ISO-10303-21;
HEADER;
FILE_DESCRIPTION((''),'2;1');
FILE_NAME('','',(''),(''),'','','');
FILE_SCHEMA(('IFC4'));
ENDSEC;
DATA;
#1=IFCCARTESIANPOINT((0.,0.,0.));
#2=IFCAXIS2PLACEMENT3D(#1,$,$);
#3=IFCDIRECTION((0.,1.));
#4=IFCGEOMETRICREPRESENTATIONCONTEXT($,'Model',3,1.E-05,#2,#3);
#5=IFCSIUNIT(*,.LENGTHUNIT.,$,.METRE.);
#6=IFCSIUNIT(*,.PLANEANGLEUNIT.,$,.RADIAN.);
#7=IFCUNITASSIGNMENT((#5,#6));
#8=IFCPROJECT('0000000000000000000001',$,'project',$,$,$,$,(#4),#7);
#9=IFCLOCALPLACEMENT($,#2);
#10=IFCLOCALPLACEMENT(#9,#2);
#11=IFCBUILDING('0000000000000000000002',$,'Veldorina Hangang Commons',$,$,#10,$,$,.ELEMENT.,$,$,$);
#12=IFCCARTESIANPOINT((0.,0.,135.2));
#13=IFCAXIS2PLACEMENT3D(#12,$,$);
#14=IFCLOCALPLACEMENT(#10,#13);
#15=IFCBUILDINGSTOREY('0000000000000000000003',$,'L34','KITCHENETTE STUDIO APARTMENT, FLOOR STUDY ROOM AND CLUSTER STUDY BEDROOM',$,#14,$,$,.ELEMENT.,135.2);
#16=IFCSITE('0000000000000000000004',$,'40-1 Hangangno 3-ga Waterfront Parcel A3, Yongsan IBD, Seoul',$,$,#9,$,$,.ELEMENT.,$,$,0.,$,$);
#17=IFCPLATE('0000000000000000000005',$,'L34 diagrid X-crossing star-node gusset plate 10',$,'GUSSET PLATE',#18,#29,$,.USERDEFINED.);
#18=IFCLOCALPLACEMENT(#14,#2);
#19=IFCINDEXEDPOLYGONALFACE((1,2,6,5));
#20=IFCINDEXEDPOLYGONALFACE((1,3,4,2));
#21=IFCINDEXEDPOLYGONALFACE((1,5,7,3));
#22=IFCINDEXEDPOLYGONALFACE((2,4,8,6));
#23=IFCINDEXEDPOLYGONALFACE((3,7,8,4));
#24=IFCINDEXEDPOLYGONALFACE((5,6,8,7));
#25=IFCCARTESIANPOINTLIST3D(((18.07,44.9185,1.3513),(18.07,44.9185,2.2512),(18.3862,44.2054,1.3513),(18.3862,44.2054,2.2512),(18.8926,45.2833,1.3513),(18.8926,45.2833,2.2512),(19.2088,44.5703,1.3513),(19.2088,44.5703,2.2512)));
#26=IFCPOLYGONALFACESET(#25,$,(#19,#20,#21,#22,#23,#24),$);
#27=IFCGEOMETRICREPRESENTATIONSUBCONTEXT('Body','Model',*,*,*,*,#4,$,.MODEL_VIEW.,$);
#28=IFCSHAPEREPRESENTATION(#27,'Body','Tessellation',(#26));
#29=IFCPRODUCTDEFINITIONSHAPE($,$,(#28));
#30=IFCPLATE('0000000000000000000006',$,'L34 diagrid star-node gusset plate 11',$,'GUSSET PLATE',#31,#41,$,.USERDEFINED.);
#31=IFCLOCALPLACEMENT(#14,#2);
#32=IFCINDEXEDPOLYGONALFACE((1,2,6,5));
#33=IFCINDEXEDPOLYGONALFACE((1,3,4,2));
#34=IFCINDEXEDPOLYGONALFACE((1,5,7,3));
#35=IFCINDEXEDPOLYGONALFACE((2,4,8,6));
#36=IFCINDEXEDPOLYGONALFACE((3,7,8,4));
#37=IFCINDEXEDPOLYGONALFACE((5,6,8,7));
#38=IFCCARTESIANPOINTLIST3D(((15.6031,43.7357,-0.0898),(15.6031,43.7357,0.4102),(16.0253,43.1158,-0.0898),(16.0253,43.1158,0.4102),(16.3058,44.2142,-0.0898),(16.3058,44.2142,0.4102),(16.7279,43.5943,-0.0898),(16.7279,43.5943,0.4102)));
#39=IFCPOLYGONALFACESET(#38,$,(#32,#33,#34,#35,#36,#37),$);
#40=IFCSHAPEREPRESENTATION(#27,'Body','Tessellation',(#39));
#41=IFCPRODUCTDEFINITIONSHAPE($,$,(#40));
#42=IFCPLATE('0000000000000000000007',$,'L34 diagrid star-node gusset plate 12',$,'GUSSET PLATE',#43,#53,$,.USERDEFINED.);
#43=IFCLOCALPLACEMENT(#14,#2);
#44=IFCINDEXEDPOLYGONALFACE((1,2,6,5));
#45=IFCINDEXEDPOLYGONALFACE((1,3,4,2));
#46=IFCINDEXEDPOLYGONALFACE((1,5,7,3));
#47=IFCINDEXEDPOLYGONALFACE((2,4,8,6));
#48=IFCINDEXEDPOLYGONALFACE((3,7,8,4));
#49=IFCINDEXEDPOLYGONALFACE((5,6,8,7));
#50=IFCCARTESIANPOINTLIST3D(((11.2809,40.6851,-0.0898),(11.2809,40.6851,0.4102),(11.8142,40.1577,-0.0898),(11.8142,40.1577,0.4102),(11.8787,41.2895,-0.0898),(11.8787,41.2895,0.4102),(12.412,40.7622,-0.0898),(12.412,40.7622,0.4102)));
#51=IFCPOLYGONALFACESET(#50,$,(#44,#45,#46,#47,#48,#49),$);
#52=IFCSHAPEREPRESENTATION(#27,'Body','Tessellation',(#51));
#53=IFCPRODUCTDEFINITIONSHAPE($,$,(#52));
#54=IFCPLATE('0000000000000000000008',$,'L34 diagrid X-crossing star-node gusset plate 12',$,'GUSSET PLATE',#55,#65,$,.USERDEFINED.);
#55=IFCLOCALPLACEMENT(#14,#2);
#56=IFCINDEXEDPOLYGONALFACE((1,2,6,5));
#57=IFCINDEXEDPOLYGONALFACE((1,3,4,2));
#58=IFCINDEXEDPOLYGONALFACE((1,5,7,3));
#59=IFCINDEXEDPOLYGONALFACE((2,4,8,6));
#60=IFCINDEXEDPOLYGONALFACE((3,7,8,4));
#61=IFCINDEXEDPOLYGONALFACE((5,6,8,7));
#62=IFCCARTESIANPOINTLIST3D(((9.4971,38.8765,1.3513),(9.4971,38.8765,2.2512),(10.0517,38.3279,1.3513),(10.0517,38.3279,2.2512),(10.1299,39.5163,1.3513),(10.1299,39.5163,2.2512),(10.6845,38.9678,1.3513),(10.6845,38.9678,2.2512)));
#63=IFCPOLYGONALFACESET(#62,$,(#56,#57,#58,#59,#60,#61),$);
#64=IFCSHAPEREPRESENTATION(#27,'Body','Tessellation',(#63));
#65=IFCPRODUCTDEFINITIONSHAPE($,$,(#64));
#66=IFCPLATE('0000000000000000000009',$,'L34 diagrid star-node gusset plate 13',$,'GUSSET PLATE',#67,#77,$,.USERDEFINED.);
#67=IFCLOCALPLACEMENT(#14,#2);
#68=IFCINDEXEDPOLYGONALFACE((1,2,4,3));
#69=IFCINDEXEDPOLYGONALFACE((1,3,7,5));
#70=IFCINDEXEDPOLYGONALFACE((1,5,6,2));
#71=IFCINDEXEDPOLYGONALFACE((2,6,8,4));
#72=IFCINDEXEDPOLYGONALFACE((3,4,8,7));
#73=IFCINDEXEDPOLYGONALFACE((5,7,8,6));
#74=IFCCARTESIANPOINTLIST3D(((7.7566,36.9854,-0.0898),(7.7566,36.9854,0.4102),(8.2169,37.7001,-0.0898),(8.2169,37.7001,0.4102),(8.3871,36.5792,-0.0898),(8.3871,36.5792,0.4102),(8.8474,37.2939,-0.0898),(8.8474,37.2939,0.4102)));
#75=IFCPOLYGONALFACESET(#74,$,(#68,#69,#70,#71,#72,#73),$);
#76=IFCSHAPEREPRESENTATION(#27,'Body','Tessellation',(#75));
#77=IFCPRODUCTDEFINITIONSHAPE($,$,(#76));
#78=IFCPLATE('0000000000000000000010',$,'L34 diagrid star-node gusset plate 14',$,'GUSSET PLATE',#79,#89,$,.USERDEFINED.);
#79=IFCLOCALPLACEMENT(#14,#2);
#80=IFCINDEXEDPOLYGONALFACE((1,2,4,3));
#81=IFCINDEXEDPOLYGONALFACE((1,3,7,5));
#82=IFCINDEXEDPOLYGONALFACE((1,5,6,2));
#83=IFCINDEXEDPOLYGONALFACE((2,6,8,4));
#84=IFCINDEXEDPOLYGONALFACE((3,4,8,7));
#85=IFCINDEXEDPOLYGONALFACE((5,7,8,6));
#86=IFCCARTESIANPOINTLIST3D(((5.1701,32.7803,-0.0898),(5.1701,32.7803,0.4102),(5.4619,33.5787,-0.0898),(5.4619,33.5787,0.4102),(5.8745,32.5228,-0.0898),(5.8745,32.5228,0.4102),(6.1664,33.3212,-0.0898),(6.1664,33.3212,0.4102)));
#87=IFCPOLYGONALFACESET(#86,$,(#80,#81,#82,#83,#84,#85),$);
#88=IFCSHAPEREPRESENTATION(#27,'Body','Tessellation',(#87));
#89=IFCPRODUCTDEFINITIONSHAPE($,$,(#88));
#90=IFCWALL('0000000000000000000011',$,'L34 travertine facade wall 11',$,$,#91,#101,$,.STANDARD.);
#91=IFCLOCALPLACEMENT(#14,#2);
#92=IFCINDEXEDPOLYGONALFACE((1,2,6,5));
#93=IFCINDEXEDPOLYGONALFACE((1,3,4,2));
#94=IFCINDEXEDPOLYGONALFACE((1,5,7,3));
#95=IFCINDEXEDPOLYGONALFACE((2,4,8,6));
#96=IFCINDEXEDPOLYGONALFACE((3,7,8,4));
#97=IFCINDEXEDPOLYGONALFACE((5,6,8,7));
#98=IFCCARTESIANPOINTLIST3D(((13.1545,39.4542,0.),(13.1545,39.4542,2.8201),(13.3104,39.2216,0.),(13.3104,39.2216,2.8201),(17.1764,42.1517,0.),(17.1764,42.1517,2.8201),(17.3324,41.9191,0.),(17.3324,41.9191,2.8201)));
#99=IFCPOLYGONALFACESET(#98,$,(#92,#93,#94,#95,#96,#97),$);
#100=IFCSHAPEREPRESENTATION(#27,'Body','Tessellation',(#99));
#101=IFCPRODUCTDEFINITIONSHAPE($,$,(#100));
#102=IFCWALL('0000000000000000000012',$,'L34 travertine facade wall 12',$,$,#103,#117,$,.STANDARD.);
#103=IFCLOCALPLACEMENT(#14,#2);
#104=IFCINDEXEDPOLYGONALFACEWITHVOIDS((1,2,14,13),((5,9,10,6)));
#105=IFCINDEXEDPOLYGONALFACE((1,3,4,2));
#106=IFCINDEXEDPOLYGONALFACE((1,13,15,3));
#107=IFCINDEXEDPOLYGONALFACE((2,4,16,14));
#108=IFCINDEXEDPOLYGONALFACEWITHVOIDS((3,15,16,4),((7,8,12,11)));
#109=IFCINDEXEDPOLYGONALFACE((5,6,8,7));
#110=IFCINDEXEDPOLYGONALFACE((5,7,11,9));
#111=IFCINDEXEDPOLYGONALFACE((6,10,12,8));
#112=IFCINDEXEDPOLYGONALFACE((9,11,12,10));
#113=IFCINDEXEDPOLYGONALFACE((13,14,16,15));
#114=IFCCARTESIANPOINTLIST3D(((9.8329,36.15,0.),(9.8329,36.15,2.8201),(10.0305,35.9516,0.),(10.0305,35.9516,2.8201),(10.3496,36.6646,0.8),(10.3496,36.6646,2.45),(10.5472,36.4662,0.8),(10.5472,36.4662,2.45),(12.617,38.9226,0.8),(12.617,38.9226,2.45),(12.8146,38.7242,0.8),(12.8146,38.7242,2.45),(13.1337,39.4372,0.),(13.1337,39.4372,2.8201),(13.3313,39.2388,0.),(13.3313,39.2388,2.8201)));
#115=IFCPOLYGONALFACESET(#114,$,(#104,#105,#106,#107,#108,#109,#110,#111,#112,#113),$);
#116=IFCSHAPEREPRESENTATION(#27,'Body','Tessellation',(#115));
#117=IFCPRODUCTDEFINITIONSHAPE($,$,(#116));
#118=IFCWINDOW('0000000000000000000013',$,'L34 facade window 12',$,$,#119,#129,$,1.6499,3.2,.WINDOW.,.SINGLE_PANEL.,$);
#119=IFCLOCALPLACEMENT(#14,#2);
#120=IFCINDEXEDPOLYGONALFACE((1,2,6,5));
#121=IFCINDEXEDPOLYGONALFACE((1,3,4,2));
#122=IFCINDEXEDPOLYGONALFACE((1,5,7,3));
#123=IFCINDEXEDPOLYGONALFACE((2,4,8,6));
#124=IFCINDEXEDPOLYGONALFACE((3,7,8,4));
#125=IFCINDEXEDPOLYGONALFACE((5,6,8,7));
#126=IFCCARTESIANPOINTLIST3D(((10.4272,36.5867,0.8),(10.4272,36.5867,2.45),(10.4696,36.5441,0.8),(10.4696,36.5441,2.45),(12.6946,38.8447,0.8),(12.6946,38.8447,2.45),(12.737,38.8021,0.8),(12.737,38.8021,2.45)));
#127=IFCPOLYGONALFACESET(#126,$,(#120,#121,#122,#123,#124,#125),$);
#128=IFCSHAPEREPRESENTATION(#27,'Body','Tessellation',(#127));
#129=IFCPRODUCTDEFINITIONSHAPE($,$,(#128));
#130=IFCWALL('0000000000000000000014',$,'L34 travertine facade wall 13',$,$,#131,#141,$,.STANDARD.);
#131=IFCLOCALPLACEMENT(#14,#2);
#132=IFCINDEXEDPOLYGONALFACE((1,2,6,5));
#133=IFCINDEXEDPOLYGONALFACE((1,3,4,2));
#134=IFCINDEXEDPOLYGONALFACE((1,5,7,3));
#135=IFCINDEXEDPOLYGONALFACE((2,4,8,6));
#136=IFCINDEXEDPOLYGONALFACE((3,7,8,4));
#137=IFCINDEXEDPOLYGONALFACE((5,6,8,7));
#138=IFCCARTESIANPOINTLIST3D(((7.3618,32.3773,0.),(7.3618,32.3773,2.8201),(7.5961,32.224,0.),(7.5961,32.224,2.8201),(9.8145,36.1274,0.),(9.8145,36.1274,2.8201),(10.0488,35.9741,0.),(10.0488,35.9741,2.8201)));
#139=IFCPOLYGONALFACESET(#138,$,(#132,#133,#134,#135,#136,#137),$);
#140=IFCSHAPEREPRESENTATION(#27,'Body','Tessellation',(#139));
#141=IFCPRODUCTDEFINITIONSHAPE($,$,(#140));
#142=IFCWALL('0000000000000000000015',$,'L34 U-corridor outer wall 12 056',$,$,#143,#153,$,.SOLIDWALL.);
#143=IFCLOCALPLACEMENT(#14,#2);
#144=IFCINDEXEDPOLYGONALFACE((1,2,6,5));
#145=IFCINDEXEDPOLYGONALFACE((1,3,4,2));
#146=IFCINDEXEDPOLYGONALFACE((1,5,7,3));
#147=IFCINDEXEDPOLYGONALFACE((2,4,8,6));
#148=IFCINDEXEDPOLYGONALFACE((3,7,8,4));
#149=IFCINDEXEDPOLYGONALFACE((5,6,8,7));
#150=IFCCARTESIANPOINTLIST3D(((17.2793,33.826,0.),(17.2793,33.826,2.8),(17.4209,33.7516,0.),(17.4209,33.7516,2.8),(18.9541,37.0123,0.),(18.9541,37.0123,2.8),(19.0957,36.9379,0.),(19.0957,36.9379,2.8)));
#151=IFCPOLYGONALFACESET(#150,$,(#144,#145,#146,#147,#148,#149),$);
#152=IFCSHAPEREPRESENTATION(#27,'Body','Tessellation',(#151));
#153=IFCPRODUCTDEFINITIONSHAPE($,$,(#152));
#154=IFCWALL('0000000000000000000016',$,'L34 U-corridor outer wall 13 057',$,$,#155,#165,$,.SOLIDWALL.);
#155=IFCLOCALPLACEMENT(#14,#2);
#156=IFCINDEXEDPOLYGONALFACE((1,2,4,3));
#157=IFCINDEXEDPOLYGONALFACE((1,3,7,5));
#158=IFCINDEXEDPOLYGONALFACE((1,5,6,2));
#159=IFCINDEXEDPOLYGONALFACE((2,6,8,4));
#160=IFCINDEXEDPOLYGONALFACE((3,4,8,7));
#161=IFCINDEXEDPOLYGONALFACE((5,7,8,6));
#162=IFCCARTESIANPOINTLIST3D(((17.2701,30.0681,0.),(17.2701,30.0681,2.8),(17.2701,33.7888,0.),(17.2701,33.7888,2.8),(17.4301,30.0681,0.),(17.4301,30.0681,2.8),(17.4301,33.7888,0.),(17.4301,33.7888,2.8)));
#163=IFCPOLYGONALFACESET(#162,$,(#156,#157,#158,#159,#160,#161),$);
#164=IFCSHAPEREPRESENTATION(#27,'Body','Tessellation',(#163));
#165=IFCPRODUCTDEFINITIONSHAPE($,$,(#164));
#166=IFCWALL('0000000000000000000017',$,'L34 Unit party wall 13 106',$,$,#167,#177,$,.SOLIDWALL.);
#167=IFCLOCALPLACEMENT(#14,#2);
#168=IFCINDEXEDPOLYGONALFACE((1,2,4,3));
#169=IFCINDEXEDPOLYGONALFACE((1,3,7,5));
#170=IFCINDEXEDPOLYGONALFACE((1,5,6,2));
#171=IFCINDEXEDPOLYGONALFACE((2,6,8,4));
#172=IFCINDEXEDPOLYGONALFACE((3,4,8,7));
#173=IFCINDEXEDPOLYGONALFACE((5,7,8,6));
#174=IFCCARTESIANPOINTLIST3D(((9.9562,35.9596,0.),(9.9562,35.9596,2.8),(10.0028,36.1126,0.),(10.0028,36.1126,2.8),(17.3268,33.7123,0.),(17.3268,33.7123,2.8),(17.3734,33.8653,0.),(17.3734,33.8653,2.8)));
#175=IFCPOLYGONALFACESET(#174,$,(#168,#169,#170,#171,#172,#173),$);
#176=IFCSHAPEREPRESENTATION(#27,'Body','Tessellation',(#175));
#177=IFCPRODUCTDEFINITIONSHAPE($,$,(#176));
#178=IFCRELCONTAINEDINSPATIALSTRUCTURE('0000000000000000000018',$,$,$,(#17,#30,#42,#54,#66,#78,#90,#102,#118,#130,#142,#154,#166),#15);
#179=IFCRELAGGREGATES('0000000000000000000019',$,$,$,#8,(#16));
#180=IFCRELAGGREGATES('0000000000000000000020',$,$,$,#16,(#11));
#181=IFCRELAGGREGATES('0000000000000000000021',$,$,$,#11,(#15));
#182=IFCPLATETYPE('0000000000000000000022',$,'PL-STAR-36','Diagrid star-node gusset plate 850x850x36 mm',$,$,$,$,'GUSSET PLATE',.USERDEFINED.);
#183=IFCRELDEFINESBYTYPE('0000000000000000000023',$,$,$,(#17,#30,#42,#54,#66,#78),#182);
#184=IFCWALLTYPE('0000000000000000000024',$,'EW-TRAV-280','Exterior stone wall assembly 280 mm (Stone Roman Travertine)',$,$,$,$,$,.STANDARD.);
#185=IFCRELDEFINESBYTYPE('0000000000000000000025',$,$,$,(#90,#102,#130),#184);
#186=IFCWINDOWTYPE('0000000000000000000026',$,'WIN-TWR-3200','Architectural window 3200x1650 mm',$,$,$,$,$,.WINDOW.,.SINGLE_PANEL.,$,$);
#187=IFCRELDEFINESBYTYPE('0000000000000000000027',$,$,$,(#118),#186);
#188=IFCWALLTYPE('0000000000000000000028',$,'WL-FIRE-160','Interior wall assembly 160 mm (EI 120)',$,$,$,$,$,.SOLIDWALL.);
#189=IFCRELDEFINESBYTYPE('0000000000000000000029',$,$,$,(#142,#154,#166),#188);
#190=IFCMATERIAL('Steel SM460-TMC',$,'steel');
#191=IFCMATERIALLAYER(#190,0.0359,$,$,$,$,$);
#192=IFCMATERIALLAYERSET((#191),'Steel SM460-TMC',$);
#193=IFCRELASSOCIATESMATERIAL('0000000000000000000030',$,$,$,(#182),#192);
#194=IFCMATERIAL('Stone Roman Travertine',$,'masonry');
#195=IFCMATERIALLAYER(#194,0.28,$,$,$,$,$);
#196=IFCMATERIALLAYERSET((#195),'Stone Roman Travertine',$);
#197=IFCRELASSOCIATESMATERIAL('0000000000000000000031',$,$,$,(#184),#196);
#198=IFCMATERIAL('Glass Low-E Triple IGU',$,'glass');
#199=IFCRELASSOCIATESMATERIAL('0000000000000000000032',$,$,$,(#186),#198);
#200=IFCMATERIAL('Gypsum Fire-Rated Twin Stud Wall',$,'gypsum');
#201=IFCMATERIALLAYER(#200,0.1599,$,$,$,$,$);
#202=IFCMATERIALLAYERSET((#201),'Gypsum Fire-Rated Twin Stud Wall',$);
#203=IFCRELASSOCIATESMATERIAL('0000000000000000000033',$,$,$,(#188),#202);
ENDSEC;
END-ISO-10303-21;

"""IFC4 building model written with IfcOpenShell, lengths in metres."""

from ifc_helpers import new_model, si_unit, direction, frame, frame_2d, origin, origin_2d, place, context, subcontext, project, spatial, rectangle, extrude, material, layer, layer_set, type_object, element, fill, save


model = new_model("IFC4")

# Units and contexts
model_context = context("Model", 3, precision=1e-05, world=origin(), true_north=direction((0.0, 1.0)))
body_context = subcontext(model_context, "Body", "Model", "MODEL_VIEW")
ifc_project = project(units=[si_unit("LENGTHUNIT", "METRE"), si_unit("PLANEANGLEUNIT", "RADIAN")], contexts=[model_context])

# Site, building, storey
site_placement = place(None, origin())
site = spatial("IfcSite", under=ifc_project, at=site_placement, Name="40-1 Hangangno 3-ga Waterfront Parcel A3, Yongsan IBD, Seoul", CompositionType="ELEMENT", RefElevation=0.0)
building_placement = place(site_placement, origin())
building = spatial("IfcBuilding", under=site, at=building_placement, Name="Veldorina Hangang Commons", CompositionType="ELEMENT")
storey_placement = place(building_placement, frame((0.0, 0.0, 135.2)))
storey = spatial("IfcBuildingStorey", under=building, at=storey_placement, Name="L34", Description="KITCHENETTE STUDIO APARTMENT, FLOOR STUDY ROOM AND CLUSTER STUDY BEDROOM", CompositionType="ELEMENT", Elevation=135.2)

# Plates
ifc_material_1 = material(Name="Steel SM460-TMC", Category="steel")
ifc_layer_1 = layer(ifc_material_1, 0.0359)
ifc_layer_set_1 = layer_set([ifc_layer_1], Name="Steel SM460-TMC")
plate_type = type_object("IfcPlateType", Name="PL-STAR-36", Description="Diagrid star-node gusset plate 850x850x36 mm", ElementType="GUSSET PLATE", PredefinedType="USERDEFINED", material=ifc_layer_set_1)
plate_1_placement = place(storey_placement, frame((18.6394, 44.7444, 1.3513), z_axis=(0.0, 0.0, 1.0), x_axis=(-0.914112, -0.405461, 0.0)))
element("IfcPlate", 1, at=plate_1_placement, inside=storey, type_object=plate_type, Name="L34 diagrid X-crossing star-node gusset plate 10", ObjectType="GUSSET PLATE", PredefinedType="USERDEFINED", context=body_context, shape_type="SweptSolid", body=[
    extrude(rectangle(XDim=0.8999, YDim=0.78, at=origin_2d()), origin(), (0.0, 0.0, 1.0), 0.8999),
])
for number, where, z_axis, x_axis, name in (
    (2, (16.1655, 43.665, -0.0898), (0.0, 0.0, 1.0), (-0.826541, -0.562877, 0.0), "L34 diagrid star-node gusset plate 11"),
    (3, (11.8464, 40.7236, -0.0898), (0.0, 0.0, 1.0), (-0.703184, -0.711008, 0.0), "L34 diagrid star-node gusset plate 12"),
):
    element("IfcPlate", number, at=place(storey_placement, frame(where, z_axis=z_axis, x_axis=x_axis)), inside=storey, type_object=plate_type, Name=name, ObjectType="GUSSET PLATE", PredefinedType="USERDEFINED", context=body_context, shape_type="SweptSolid", body=[
        extrude(rectangle(XDim=0.8501, YDim=0.75, at=origin_2d()), origin(), (0.0, 0.0, 1.0), 0.5),
    ])
plate_2_placement = place(storey_placement, frame((10.0908, 38.9221, 1.3513), z_axis=(0.0, 0.0, 1.0), x_axis=(-0.703184, -0.711008, 0.0)))
element("IfcPlate", 4, at=plate_2_placement, inside=storey, type_object=plate_type, Name="L34 diagrid X-crossing star-node gusset plate 12", ObjectType="GUSSET PLATE", PredefinedType="USERDEFINED", context=body_context, shape_type="SweptSolid", body=[
    extrude(rectangle(XDim=0.8999, YDim=0.78, at=origin_2d()), origin(), (0.0, 0.0, 1.0), 0.8999),
])
for number, where, z_axis, x_axis, name in (
    (5, (8.302, 37.1396, -0.0898), (0.0, 0.0, 1.0), (-0.541517, -0.840689, 0.0), "L34 diagrid star-node gusset plate 13"),
    (6, (5.6682, 33.0508, -0.0898), (0.0, 0.0, 1.0), (-0.343348, -0.939208, 0.0), "L34 diagrid star-node gusset plate 14"),
):
    element("IfcPlate", number, at=place(storey_placement, frame(where, z_axis=z_axis, x_axis=x_axis)), inside=storey, type_object=plate_type, Name=name, ObjectType="GUSSET PLATE", PredefinedType="USERDEFINED", context=body_context, shape_type="SweptSolid", body=[
        extrude(rectangle(XDim=0.8501, YDim=0.75, at=origin_2d()), origin(), (0.0, 0.0, 1.0), 0.5),
    ])

# Wall
ifc_material_2 = material(Name="Stone Roman Travertine", Category="masonry")
ifc_layer_2 = layer(ifc_material_2, 0.28)
ifc_layer_set_2 = layer_set([ifc_layer_2], Name="Stone Roman Travertine")
wall_type_1 = type_object("IfcWallType", Name="EW-TRAV-280", Description="Exterior stone wall assembly 280 mm (Stone Roman Travertine)", PredefinedType="STANDARD", material=ifc_layer_set_2)
wall_1_placement = place(storey_placement, frame((17.2544, 42.0354, 0.0), z_axis=(0.0, 0.0, 1.0), x_axis=(-0.830504, -0.557013, 0.0)))
element("IfcWall", 7, at=wall_1_placement, inside=storey, type_object=wall_type_1, Name="L34 travertine facade wall 11", PredefinedType="STANDARD", context=body_context, shape_type="SweptSolid", body=[
    extrude(rectangle(XDim=4.8428, YDim=0.28, at=frame_2d((2.4214, 0.0))), origin(), (0.0, 0.0, 1.0), 2.8201),
])

# Wall, opening, window
wall_2_placement = place(storey_placement, frame((13.2324, 39.3379, 0.0), z_axis=(0.0, 0.0, 1.0), x_axis=(-0.708573, -0.705638, 0.0)))
wall_2 = element("IfcWall", 8, at=wall_2_placement, inside=storey, type_object=wall_type_1, Name="L34 travertine facade wall 12", PredefinedType="STANDARD", context=body_context, shape_type="SweptSolid", body=[
    extrude(rectangle(XDim=4.6584, YDim=0.28, at=frame_2d((2.3291, 0.0))), origin(), (0.0, 0.0, 1.0), 2.8201),
])
opening_1_placement = place(wall_2_placement, frame((0.729, 0.0, 0.8)))
opening_1 = element("IfcOpeningElement", 9, at=opening_1_placement, cuts=wall_2, PredefinedType="OPENING", context=body_context, shape_type="SweptSolid", body=[
    extrude(rectangle(XDim=3.2, YDim=1.6499, at=frame_2d((1.6001, 0.825))), frame((0.0, 0.1499, 0.0), z_axis=(0.0, -1.0, 0.0), x_axis=(1.0, 0.0, 0.0)), (0.0, 0.0, 1.0), 0.3),
])
ifc_material_3 = material(Name="Glass Low-E Triple IGU", Category="glass")
window_type = type_object("IfcWindowType", Name="WIN-TWR-3200", Description="Architectural window 3200x1650 mm", PartitioningType="SINGLE_PANEL", PredefinedType="WINDOW", material=ifc_material_3)
window_placement = place(opening_1_placement, origin())
window = element("IfcWindow", 10, at=window_placement, inside=storey, type_object=window_type, Name="L34 facade window 12", OverallHeight=1.6499, OverallWidth=3.2, PartitioningType="SINGLE_PANEL", PredefinedType="WINDOW", context=body_context, shape_type="SweptSolid", body=[
    extrude(rectangle(XDim=3.2, YDim=1.6499, at=frame_2d((1.6001, 0.825))), frame((0.0, 0.03, 0.0), z_axis=(0.0, -1.0, 0.0), x_axis=(1.0, 0.0, 0.0)), (0.0, 0.0, 1.0), 0.0601),
])
fill(opening_1, window)

# Walls
wall_3_placement = place(storey_placement, frame((9.9316, 36.0508, 0.0), z_axis=(0.0, 0.0, 1.0), x_axis=(-0.547361, -0.836897, 0.0)))
element("IfcWall", 11, at=wall_3_placement, inside=storey, type_object=wall_type_1, Name="L34 travertine facade wall 13", PredefinedType="STANDARD", context=body_context, shape_type="SweptSolid", body=[
    extrude(rectangle(XDim=4.481, YDim=0.28, at=frame_2d((2.2405, 0.0))), origin(), (0.0, 0.0, 1.0), 2.8201),
])
ifc_material_4 = material(Name="Gypsum Fire-Rated Twin Stud Wall", Category="gypsum")
ifc_layer_3 = layer(ifc_material_4, 0.1599)
ifc_layer_set_3 = layer_set([ifc_layer_3], Name="Gypsum Fire-Rated Twin Stud Wall")
wall_type_2 = type_object("IfcWallType", Name="WL-FIRE-160", Description="Interior wall assembly 160 mm (EI 120)", PredefinedType="SOLIDWALL", material=ifc_layer_set_3)
wall_4_placement = place(storey_placement, frame((19.0249, 36.9751, 0.0), z_axis=(0.0, 0.0, 1.0), x_axis=(-0.465271, -0.885168, 0.0)))
element("IfcWall", 12, at=wall_4_placement, inside=storey, type_object=wall_type_2, Name="L34 U-corridor outer wall 12 056", PredefinedType="SOLIDWALL", context=body_context, shape_type="SweptSolid", body=[
    extrude(rectangle(XDim=3.5996, YDim=0.1599, at=frame_2d((1.7998, 0.0))), origin(), (0.0, 0.0, 1.0), 2.8),
])
wall_5_placement = place(storey_placement, frame((17.3501, 33.7888, 0.0), z_axis=(0.0, 0.0, 1.0), x_axis=(0.0, -1.0, 0.0)))
element("IfcWall", 13, at=wall_5_placement, inside=storey, type_object=wall_type_2, Name="L34 U-corridor outer wall 13 057", PredefinedType="SOLIDWALL", context=body_context, shape_type="SweptSolid", body=[
    extrude(rectangle(XDim=3.7207, YDim=0.1599, at=frame_2d((1.8604, 0.0))), origin(), (0.0, 0.0, 1.0), 2.8),
])
wall_6_placement = place(storey_placement, frame((17.3501, 33.7888, 0.0), z_axis=(0.0, 0.0, 1.0), x_axis=(-0.956526, 0.291647, 0.0)))
element("IfcWall", 14, at=wall_6_placement, inside=storey, type_object=wall_type_2, Name="L34 Unit party wall 13 106", PredefinedType="SOLIDWALL", context=body_context, shape_type="SweptSolid", body=[
    extrude(rectangle(XDim=7.7056, YDim=0.1599, at=frame_2d((3.8528, 0.0))), origin(), (0.0, 0.0, 1.0), 2.8),
])

save(model, "model.ifc")
